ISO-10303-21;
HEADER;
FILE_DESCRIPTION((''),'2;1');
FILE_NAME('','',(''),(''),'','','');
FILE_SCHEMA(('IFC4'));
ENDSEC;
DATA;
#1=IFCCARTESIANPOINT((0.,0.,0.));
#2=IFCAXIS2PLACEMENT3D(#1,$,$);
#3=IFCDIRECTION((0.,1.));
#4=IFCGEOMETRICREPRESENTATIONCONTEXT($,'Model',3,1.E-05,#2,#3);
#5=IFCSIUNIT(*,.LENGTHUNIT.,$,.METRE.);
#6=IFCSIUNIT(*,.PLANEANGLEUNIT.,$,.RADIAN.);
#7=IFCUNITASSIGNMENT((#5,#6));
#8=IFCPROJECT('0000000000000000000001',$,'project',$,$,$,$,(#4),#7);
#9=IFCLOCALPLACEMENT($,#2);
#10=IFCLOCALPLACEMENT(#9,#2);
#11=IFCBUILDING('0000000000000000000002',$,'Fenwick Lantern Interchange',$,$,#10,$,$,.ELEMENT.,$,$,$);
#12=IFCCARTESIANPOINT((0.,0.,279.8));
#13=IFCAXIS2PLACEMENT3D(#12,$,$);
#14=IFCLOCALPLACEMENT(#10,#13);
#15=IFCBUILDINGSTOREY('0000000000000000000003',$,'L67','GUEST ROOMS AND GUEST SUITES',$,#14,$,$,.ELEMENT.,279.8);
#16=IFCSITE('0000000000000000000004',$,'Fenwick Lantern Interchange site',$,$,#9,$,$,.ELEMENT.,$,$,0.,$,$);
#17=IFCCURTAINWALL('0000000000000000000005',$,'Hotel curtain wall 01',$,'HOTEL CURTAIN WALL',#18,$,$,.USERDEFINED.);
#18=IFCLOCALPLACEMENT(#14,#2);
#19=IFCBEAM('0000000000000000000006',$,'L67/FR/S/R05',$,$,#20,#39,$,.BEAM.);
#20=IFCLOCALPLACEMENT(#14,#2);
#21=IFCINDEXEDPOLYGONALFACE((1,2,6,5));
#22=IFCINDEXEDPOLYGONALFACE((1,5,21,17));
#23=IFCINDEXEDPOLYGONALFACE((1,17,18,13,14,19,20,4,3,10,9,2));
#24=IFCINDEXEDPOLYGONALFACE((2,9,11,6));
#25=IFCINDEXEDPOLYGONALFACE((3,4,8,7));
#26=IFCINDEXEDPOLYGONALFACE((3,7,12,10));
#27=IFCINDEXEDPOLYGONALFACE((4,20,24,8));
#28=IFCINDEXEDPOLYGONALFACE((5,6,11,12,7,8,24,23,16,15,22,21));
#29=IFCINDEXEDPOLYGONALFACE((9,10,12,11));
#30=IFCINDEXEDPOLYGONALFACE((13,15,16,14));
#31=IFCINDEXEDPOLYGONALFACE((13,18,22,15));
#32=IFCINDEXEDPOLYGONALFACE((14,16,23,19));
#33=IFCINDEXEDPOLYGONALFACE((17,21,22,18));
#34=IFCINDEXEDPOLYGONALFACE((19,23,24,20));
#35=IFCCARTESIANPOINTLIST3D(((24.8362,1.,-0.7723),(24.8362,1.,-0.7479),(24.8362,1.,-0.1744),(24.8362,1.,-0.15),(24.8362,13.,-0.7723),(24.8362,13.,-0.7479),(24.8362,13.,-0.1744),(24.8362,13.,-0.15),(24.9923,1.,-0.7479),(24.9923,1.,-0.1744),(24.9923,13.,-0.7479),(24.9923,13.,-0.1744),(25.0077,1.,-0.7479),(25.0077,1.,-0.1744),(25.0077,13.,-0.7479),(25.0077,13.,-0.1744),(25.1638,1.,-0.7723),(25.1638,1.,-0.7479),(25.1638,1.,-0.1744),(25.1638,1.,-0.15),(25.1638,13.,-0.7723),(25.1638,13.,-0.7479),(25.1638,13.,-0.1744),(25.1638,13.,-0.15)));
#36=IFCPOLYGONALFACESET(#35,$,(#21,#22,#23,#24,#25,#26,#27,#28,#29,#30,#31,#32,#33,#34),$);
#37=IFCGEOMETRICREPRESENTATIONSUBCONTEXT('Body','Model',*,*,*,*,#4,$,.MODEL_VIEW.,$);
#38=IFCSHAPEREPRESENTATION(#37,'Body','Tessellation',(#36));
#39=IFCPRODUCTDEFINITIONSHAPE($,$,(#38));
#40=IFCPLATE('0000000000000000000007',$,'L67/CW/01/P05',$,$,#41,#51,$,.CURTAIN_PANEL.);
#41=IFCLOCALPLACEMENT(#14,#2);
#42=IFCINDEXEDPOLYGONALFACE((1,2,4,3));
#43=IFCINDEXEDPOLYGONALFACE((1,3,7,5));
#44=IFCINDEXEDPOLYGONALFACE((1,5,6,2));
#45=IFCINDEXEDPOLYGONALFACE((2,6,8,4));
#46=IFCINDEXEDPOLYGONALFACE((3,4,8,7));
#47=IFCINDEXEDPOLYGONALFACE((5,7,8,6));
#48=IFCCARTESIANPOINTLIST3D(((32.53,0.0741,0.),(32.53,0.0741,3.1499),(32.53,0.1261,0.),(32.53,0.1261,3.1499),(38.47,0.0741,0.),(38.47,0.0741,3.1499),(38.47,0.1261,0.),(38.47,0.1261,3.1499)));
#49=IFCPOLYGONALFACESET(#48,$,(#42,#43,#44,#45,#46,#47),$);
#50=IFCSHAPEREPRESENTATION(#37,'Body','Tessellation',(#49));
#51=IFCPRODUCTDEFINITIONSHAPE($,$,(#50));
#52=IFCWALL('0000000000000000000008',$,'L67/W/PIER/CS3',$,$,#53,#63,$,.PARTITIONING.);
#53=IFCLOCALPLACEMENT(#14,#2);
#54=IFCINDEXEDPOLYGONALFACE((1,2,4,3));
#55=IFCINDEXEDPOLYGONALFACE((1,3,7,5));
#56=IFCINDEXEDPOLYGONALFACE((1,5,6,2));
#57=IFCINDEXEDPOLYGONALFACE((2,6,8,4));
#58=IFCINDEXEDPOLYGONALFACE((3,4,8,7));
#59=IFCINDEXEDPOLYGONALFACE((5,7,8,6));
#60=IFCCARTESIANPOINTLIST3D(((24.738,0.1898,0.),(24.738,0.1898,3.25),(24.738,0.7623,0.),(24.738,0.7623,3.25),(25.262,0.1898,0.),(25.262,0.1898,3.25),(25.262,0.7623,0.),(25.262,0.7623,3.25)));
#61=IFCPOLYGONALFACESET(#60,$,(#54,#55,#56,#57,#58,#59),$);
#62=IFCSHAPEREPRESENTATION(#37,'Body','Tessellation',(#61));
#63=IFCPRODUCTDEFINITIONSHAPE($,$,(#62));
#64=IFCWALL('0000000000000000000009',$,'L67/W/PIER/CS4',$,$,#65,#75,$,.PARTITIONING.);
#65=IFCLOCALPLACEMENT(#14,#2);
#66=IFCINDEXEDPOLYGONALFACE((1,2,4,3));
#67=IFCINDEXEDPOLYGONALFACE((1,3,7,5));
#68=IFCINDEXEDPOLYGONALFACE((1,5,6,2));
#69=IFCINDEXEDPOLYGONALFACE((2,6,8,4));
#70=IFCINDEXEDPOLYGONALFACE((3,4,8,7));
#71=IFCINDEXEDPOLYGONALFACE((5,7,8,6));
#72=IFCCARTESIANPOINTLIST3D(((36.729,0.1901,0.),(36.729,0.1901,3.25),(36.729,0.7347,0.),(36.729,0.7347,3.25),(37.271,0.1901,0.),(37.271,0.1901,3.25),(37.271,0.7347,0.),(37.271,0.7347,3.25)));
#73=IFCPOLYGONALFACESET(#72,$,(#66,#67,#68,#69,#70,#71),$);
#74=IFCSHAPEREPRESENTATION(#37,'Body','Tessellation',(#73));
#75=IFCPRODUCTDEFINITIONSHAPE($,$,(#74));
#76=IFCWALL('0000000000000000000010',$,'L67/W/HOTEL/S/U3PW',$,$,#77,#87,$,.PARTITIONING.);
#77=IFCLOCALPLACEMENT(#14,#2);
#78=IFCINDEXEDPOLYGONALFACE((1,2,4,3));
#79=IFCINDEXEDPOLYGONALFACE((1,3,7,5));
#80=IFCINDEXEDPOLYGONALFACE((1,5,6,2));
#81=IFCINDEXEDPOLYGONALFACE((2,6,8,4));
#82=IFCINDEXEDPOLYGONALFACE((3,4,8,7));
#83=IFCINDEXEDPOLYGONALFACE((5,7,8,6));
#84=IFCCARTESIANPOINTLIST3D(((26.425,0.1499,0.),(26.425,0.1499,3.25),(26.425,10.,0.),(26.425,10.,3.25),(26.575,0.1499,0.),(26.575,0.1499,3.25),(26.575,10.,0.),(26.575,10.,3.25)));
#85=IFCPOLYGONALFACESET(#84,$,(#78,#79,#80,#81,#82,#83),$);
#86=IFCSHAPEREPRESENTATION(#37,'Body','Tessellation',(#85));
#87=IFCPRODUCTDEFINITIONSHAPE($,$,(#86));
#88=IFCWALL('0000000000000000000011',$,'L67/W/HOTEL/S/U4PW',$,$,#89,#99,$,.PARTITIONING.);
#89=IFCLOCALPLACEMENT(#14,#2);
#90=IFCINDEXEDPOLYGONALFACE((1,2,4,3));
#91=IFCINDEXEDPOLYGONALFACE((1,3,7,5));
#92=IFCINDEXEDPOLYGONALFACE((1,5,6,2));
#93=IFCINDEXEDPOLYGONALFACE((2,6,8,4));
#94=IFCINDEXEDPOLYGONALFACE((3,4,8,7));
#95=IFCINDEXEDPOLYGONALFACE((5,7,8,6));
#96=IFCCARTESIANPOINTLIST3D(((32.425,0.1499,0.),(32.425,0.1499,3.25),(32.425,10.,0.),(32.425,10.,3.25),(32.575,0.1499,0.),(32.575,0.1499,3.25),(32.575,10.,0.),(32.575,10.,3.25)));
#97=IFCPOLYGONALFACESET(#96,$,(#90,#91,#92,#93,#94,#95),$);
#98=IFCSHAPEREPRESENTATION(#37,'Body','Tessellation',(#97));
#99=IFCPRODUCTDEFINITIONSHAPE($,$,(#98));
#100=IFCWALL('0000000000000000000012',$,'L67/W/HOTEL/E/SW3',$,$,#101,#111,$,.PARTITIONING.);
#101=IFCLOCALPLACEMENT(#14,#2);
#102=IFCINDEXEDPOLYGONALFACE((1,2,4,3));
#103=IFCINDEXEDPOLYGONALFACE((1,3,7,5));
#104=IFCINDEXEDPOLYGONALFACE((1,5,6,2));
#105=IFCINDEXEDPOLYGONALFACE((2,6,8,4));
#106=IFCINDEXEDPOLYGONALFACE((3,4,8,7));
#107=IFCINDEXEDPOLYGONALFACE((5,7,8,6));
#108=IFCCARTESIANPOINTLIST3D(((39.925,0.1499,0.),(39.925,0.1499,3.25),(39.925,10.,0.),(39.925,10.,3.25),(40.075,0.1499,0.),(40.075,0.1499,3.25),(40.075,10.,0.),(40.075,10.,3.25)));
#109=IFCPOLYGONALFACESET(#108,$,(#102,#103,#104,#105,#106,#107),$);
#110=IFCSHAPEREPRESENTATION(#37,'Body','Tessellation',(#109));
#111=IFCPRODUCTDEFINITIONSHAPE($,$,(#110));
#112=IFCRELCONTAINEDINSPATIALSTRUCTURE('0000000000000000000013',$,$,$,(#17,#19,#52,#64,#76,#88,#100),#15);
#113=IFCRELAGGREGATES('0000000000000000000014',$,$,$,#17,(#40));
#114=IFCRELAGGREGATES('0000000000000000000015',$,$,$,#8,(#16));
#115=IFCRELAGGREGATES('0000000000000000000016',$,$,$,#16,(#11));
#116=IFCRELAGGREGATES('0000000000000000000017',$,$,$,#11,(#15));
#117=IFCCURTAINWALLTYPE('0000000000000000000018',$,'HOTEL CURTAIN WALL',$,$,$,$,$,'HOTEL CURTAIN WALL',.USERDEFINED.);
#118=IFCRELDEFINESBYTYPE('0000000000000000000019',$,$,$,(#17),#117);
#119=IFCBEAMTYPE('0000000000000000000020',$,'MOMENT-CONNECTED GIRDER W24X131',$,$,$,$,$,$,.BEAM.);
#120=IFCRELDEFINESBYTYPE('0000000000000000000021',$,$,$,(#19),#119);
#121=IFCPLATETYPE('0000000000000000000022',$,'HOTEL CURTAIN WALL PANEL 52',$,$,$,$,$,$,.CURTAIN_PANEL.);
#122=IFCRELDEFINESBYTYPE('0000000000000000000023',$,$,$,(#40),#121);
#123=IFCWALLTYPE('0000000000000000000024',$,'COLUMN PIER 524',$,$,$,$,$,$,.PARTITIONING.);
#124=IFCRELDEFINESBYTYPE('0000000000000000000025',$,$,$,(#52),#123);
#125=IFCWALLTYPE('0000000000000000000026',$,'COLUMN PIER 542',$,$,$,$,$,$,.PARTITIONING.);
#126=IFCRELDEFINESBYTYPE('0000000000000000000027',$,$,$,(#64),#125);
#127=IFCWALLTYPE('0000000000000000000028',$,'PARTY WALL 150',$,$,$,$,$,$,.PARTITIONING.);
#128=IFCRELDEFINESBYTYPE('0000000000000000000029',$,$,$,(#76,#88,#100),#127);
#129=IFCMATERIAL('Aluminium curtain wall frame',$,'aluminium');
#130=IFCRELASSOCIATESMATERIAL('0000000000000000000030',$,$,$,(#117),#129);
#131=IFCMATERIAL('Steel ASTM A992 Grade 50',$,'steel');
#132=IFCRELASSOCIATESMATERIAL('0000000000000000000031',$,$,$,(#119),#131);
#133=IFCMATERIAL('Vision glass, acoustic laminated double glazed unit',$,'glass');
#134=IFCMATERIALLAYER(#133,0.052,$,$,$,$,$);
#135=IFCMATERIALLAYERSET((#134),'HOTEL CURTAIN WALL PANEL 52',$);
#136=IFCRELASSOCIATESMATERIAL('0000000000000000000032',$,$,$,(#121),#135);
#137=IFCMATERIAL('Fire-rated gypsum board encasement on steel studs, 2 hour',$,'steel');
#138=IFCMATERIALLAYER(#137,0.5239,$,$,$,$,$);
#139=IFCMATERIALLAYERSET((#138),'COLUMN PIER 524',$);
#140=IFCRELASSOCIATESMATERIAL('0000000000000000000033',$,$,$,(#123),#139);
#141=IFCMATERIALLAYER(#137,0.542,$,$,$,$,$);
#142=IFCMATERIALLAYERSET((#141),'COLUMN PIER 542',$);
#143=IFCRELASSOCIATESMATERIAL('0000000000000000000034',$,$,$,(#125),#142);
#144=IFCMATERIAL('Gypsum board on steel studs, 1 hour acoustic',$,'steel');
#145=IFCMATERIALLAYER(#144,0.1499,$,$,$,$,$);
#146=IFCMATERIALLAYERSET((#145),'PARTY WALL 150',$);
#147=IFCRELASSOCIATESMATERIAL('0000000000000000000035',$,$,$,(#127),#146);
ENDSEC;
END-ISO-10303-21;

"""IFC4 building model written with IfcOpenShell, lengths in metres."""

from ifc_helpers import new_model, si_unit, direction, frame, frame_2d, origin, origin_2d, place, context, subcontext, project, spatial, rectangle, i_section, extrude, material, layer, layer_set, material_profile, profile_set, type_object, element, aggregate, save


model = new_model("IFC4")

# Units and contexts
model_context = context("Model", 3, precision=1e-05, world=origin(), true_north=direction((0.0, 1.0)))
body_context = subcontext(model_context, "Body", "Model", "MODEL_VIEW")
ifc_project = project(units=[si_unit("LENGTHUNIT", "METRE"), si_unit("PLANEANGLEUNIT", "RADIAN")], contexts=[model_context])

# Site, building, storey
site_placement = place(None, origin())
site = spatial("IfcSite", under=ifc_project, at=site_placement, Name="Fenwick Lantern Interchange site", CompositionType="ELEMENT", RefElevation=0.0)
building_placement = place(site_placement, origin())
building = spatial("IfcBuilding", under=site, at=building_placement, Name="Fenwick Lantern Interchange", CompositionType="ELEMENT")
storey_placement = place(building_placement, frame((0.0, 0.0, 279.8)))
storey = spatial("IfcBuildingStorey", under=building, at=storey_placement, Name="L67", Description="GUEST ROOMS AND GUEST SUITES", CompositionType="ELEMENT", Elevation=279.8)

# Shared definitions
ifc_material_1 = material(Name="Steel ASTM A992 Grade 50", Category="steel")

# Curtain wall
ifc_material_2 = material(Name="Aluminium curtain wall frame", Category="aluminium")
curtain_wall_type = type_object("IfcCurtainWallType", Name="HOTEL CURTAIN WALL", ElementType="HOTEL CURTAIN WALL", PredefinedType="USERDEFINED", material=ifc_material_2)
curtain_wall_placement = place(storey_placement, origin())
curtain_wall = element("IfcCurtainWall", 1, at=curtain_wall_placement, inside=storey, type_object=curtain_wall_type, Name="Hotel curtain wall 01", ObjectType="HOTEL CURTAIN WALL", PredefinedType="USERDEFINED")

# Beam
ifc_material_profile_1 = material_profile(ifc_material_1, i_section(OverallWidth=0.3276, OverallDepth=0.6223, WebThickness=0.0154, FlangeThickness=0.0244, at=origin_2d()), Name="W24X131")
ifc_profile_set_1 = profile_set([ifc_material_profile_1], Name="Steel ASTM A992 Grade 50")
beam_type_1 = type_object("IfcBeamType", Name="MOMENT-CONNECTED GIRDER W24X131", PredefinedType="BEAM", material=ifc_profile_set_1)
beam_1_placement = place(storey_placement, frame((25.0, 1.0, -0.4612), z_axis=(0.0, 1.0, 0.0), x_axis=(-1.0, 0.0, 0.0)))
element("IfcBeam", 2, at=beam_1_placement, inside=storey, type_object=beam_type_1, Name="L67/FR/S/R05", PredefinedType="BEAM", context=body_context, shape_type="SweptSolid", body=[
    extrude(i_section(OverallWidth=0.3276, OverallDepth=0.6223, WebThickness=0.0154, FlangeThickness=0.0244, at=origin_2d()), origin(), (0.0, 0.0, 1.0), 12.0),
])

# Plate
ifc_material_3 = material(Name="Vision glass, acoustic laminated double glazed unit", Category="glass")
ifc_layer_1 = layer(ifc_material_3, 0.052)
ifc_layer_set_1 = layer_set([ifc_layer_1], Name="HOTEL CURTAIN WALL PANEL 52")
plate_type = type_object("IfcPlateType", Name="HOTEL CURTAIN WALL PANEL 52", PredefinedType="CURTAIN_PANEL", material=ifc_layer_set_1)
plate_placement = place(storey_placement, frame((35.5, 0.1001, 0.0), z_axis=(0.0, 0.0, 1.0), x_axis=(1.0, 0.0, 0.0)))
plate = element("IfcPlate", 3, at=plate_placement, type_object=plate_type, Name="L67/CW/01/P05", PredefinedType="CURTAIN_PANEL", context=body_context, shape_type="SweptSolid", body=[
    extrude(rectangle(XDim=5.9399, YDim=0.052, at=origin_2d()), origin(), (0.0, 0.0, 1.0), 3.1499),
])
aggregate(curtain_wall, [plate])

# Walls
ifc_material_4 = material(Name="Fire-rated gypsum board encasement on steel studs, 2 hour", Category="steel")
ifc_layer_2 = layer(ifc_material_4, 0.5239)
ifc_layer_set_2 = layer_set([ifc_layer_2], Name="COLUMN PIER 524")
wall_type_1 = type_object("IfcWallType", Name="COLUMN PIER 524", PredefinedType="PARTITIONING", material=ifc_layer_set_2)
wall_1_placement = place(storey_placement, frame((25.0, 0.1899, 0.0), z_axis=(0.0, 0.0, 1.0), x_axis=(0.0, 1.0, 0.0)))
element("IfcWall", 4, at=wall_1_placement, inside=storey, type_object=wall_type_1, Name="L67/W/PIER/CS3", PredefinedType="PARTITIONING", context=body_context, shape_type="SweptSolid", body=[
    extrude(rectangle(XDim=0.5725, YDim=0.5239, at=frame_2d((0.2861, 0.0))), origin(), (0.0, 0.0, 1.0), 3.25),
])
ifc_layer_3 = layer(ifc_material_4, 0.542)
ifc_layer_set_3 = layer_set([ifc_layer_3], Name="COLUMN PIER 542")
wall_type_2 = type_object("IfcWallType", Name="COLUMN PIER 542", PredefinedType="PARTITIONING", material=ifc_layer_set_3)
wall_2_placement = place(storey_placement, frame((37.0, 0.1899, 0.0), z_axis=(0.0, 0.0, 1.0), x_axis=(0.0, 1.0, 0.0)))
element("IfcWall", 5, at=wall_2_placement, inside=storey, type_object=wall_type_2, Name="L67/W/PIER/CS4", PredefinedType="PARTITIONING", context=body_context, shape_type="SweptSolid", body=[
    extrude(rectangle(XDim=0.5447, YDim=0.542, at=frame_2d((0.2725, 0.0))), origin(), (0.0, 0.0, 1.0), 3.25),
])
ifc_material_5 = material(Name="Gypsum board on steel studs, 1 hour acoustic", Category="steel")
ifc_layer_4 = layer(ifc_material_5, 0.1499)
ifc_layer_set_4 = layer_set([ifc_layer_4], Name="PARTY WALL 150")
wall_type_3 = type_object("IfcWallType", Name="PARTY WALL 150", PredefinedType="PARTITIONING", material=ifc_layer_set_4)
for number, where, z_axis, x_axis, name in (
    (6, (26.5, 0.1499, 0.0), (0.0, 0.0, 1.0), (0.0, 1.0, 0.0), "L67/W/HOTEL/S/U3PW"),
    (7, (32.5, 0.1499, 0.0), (0.0, 0.0, 1.0), (0.0, 1.0, 0.0), "L67/W/HOTEL/S/U4PW"),
    (8, (40.0, 0.1499, 0.0), (0.0, 0.0, 1.0), (0.0, 1.0, 0.0), "L67/W/HOTEL/E/SW3"),
):
    element("IfcWall", number, at=place(storey_placement, frame(where, z_axis=z_axis, x_axis=x_axis)), inside=storey, type_object=wall_type_3, Name=name, PredefinedType="PARTITIONING", context=body_context, shape_type="SweptSolid", body=[
        extrude(rectangle(XDim=9.8501, YDim=0.1499, at=frame_2d((4.925, 0.0))), origin(), (0.0, 0.0, 1.0), 3.25),
    ])

save(model, "model.ifc")
